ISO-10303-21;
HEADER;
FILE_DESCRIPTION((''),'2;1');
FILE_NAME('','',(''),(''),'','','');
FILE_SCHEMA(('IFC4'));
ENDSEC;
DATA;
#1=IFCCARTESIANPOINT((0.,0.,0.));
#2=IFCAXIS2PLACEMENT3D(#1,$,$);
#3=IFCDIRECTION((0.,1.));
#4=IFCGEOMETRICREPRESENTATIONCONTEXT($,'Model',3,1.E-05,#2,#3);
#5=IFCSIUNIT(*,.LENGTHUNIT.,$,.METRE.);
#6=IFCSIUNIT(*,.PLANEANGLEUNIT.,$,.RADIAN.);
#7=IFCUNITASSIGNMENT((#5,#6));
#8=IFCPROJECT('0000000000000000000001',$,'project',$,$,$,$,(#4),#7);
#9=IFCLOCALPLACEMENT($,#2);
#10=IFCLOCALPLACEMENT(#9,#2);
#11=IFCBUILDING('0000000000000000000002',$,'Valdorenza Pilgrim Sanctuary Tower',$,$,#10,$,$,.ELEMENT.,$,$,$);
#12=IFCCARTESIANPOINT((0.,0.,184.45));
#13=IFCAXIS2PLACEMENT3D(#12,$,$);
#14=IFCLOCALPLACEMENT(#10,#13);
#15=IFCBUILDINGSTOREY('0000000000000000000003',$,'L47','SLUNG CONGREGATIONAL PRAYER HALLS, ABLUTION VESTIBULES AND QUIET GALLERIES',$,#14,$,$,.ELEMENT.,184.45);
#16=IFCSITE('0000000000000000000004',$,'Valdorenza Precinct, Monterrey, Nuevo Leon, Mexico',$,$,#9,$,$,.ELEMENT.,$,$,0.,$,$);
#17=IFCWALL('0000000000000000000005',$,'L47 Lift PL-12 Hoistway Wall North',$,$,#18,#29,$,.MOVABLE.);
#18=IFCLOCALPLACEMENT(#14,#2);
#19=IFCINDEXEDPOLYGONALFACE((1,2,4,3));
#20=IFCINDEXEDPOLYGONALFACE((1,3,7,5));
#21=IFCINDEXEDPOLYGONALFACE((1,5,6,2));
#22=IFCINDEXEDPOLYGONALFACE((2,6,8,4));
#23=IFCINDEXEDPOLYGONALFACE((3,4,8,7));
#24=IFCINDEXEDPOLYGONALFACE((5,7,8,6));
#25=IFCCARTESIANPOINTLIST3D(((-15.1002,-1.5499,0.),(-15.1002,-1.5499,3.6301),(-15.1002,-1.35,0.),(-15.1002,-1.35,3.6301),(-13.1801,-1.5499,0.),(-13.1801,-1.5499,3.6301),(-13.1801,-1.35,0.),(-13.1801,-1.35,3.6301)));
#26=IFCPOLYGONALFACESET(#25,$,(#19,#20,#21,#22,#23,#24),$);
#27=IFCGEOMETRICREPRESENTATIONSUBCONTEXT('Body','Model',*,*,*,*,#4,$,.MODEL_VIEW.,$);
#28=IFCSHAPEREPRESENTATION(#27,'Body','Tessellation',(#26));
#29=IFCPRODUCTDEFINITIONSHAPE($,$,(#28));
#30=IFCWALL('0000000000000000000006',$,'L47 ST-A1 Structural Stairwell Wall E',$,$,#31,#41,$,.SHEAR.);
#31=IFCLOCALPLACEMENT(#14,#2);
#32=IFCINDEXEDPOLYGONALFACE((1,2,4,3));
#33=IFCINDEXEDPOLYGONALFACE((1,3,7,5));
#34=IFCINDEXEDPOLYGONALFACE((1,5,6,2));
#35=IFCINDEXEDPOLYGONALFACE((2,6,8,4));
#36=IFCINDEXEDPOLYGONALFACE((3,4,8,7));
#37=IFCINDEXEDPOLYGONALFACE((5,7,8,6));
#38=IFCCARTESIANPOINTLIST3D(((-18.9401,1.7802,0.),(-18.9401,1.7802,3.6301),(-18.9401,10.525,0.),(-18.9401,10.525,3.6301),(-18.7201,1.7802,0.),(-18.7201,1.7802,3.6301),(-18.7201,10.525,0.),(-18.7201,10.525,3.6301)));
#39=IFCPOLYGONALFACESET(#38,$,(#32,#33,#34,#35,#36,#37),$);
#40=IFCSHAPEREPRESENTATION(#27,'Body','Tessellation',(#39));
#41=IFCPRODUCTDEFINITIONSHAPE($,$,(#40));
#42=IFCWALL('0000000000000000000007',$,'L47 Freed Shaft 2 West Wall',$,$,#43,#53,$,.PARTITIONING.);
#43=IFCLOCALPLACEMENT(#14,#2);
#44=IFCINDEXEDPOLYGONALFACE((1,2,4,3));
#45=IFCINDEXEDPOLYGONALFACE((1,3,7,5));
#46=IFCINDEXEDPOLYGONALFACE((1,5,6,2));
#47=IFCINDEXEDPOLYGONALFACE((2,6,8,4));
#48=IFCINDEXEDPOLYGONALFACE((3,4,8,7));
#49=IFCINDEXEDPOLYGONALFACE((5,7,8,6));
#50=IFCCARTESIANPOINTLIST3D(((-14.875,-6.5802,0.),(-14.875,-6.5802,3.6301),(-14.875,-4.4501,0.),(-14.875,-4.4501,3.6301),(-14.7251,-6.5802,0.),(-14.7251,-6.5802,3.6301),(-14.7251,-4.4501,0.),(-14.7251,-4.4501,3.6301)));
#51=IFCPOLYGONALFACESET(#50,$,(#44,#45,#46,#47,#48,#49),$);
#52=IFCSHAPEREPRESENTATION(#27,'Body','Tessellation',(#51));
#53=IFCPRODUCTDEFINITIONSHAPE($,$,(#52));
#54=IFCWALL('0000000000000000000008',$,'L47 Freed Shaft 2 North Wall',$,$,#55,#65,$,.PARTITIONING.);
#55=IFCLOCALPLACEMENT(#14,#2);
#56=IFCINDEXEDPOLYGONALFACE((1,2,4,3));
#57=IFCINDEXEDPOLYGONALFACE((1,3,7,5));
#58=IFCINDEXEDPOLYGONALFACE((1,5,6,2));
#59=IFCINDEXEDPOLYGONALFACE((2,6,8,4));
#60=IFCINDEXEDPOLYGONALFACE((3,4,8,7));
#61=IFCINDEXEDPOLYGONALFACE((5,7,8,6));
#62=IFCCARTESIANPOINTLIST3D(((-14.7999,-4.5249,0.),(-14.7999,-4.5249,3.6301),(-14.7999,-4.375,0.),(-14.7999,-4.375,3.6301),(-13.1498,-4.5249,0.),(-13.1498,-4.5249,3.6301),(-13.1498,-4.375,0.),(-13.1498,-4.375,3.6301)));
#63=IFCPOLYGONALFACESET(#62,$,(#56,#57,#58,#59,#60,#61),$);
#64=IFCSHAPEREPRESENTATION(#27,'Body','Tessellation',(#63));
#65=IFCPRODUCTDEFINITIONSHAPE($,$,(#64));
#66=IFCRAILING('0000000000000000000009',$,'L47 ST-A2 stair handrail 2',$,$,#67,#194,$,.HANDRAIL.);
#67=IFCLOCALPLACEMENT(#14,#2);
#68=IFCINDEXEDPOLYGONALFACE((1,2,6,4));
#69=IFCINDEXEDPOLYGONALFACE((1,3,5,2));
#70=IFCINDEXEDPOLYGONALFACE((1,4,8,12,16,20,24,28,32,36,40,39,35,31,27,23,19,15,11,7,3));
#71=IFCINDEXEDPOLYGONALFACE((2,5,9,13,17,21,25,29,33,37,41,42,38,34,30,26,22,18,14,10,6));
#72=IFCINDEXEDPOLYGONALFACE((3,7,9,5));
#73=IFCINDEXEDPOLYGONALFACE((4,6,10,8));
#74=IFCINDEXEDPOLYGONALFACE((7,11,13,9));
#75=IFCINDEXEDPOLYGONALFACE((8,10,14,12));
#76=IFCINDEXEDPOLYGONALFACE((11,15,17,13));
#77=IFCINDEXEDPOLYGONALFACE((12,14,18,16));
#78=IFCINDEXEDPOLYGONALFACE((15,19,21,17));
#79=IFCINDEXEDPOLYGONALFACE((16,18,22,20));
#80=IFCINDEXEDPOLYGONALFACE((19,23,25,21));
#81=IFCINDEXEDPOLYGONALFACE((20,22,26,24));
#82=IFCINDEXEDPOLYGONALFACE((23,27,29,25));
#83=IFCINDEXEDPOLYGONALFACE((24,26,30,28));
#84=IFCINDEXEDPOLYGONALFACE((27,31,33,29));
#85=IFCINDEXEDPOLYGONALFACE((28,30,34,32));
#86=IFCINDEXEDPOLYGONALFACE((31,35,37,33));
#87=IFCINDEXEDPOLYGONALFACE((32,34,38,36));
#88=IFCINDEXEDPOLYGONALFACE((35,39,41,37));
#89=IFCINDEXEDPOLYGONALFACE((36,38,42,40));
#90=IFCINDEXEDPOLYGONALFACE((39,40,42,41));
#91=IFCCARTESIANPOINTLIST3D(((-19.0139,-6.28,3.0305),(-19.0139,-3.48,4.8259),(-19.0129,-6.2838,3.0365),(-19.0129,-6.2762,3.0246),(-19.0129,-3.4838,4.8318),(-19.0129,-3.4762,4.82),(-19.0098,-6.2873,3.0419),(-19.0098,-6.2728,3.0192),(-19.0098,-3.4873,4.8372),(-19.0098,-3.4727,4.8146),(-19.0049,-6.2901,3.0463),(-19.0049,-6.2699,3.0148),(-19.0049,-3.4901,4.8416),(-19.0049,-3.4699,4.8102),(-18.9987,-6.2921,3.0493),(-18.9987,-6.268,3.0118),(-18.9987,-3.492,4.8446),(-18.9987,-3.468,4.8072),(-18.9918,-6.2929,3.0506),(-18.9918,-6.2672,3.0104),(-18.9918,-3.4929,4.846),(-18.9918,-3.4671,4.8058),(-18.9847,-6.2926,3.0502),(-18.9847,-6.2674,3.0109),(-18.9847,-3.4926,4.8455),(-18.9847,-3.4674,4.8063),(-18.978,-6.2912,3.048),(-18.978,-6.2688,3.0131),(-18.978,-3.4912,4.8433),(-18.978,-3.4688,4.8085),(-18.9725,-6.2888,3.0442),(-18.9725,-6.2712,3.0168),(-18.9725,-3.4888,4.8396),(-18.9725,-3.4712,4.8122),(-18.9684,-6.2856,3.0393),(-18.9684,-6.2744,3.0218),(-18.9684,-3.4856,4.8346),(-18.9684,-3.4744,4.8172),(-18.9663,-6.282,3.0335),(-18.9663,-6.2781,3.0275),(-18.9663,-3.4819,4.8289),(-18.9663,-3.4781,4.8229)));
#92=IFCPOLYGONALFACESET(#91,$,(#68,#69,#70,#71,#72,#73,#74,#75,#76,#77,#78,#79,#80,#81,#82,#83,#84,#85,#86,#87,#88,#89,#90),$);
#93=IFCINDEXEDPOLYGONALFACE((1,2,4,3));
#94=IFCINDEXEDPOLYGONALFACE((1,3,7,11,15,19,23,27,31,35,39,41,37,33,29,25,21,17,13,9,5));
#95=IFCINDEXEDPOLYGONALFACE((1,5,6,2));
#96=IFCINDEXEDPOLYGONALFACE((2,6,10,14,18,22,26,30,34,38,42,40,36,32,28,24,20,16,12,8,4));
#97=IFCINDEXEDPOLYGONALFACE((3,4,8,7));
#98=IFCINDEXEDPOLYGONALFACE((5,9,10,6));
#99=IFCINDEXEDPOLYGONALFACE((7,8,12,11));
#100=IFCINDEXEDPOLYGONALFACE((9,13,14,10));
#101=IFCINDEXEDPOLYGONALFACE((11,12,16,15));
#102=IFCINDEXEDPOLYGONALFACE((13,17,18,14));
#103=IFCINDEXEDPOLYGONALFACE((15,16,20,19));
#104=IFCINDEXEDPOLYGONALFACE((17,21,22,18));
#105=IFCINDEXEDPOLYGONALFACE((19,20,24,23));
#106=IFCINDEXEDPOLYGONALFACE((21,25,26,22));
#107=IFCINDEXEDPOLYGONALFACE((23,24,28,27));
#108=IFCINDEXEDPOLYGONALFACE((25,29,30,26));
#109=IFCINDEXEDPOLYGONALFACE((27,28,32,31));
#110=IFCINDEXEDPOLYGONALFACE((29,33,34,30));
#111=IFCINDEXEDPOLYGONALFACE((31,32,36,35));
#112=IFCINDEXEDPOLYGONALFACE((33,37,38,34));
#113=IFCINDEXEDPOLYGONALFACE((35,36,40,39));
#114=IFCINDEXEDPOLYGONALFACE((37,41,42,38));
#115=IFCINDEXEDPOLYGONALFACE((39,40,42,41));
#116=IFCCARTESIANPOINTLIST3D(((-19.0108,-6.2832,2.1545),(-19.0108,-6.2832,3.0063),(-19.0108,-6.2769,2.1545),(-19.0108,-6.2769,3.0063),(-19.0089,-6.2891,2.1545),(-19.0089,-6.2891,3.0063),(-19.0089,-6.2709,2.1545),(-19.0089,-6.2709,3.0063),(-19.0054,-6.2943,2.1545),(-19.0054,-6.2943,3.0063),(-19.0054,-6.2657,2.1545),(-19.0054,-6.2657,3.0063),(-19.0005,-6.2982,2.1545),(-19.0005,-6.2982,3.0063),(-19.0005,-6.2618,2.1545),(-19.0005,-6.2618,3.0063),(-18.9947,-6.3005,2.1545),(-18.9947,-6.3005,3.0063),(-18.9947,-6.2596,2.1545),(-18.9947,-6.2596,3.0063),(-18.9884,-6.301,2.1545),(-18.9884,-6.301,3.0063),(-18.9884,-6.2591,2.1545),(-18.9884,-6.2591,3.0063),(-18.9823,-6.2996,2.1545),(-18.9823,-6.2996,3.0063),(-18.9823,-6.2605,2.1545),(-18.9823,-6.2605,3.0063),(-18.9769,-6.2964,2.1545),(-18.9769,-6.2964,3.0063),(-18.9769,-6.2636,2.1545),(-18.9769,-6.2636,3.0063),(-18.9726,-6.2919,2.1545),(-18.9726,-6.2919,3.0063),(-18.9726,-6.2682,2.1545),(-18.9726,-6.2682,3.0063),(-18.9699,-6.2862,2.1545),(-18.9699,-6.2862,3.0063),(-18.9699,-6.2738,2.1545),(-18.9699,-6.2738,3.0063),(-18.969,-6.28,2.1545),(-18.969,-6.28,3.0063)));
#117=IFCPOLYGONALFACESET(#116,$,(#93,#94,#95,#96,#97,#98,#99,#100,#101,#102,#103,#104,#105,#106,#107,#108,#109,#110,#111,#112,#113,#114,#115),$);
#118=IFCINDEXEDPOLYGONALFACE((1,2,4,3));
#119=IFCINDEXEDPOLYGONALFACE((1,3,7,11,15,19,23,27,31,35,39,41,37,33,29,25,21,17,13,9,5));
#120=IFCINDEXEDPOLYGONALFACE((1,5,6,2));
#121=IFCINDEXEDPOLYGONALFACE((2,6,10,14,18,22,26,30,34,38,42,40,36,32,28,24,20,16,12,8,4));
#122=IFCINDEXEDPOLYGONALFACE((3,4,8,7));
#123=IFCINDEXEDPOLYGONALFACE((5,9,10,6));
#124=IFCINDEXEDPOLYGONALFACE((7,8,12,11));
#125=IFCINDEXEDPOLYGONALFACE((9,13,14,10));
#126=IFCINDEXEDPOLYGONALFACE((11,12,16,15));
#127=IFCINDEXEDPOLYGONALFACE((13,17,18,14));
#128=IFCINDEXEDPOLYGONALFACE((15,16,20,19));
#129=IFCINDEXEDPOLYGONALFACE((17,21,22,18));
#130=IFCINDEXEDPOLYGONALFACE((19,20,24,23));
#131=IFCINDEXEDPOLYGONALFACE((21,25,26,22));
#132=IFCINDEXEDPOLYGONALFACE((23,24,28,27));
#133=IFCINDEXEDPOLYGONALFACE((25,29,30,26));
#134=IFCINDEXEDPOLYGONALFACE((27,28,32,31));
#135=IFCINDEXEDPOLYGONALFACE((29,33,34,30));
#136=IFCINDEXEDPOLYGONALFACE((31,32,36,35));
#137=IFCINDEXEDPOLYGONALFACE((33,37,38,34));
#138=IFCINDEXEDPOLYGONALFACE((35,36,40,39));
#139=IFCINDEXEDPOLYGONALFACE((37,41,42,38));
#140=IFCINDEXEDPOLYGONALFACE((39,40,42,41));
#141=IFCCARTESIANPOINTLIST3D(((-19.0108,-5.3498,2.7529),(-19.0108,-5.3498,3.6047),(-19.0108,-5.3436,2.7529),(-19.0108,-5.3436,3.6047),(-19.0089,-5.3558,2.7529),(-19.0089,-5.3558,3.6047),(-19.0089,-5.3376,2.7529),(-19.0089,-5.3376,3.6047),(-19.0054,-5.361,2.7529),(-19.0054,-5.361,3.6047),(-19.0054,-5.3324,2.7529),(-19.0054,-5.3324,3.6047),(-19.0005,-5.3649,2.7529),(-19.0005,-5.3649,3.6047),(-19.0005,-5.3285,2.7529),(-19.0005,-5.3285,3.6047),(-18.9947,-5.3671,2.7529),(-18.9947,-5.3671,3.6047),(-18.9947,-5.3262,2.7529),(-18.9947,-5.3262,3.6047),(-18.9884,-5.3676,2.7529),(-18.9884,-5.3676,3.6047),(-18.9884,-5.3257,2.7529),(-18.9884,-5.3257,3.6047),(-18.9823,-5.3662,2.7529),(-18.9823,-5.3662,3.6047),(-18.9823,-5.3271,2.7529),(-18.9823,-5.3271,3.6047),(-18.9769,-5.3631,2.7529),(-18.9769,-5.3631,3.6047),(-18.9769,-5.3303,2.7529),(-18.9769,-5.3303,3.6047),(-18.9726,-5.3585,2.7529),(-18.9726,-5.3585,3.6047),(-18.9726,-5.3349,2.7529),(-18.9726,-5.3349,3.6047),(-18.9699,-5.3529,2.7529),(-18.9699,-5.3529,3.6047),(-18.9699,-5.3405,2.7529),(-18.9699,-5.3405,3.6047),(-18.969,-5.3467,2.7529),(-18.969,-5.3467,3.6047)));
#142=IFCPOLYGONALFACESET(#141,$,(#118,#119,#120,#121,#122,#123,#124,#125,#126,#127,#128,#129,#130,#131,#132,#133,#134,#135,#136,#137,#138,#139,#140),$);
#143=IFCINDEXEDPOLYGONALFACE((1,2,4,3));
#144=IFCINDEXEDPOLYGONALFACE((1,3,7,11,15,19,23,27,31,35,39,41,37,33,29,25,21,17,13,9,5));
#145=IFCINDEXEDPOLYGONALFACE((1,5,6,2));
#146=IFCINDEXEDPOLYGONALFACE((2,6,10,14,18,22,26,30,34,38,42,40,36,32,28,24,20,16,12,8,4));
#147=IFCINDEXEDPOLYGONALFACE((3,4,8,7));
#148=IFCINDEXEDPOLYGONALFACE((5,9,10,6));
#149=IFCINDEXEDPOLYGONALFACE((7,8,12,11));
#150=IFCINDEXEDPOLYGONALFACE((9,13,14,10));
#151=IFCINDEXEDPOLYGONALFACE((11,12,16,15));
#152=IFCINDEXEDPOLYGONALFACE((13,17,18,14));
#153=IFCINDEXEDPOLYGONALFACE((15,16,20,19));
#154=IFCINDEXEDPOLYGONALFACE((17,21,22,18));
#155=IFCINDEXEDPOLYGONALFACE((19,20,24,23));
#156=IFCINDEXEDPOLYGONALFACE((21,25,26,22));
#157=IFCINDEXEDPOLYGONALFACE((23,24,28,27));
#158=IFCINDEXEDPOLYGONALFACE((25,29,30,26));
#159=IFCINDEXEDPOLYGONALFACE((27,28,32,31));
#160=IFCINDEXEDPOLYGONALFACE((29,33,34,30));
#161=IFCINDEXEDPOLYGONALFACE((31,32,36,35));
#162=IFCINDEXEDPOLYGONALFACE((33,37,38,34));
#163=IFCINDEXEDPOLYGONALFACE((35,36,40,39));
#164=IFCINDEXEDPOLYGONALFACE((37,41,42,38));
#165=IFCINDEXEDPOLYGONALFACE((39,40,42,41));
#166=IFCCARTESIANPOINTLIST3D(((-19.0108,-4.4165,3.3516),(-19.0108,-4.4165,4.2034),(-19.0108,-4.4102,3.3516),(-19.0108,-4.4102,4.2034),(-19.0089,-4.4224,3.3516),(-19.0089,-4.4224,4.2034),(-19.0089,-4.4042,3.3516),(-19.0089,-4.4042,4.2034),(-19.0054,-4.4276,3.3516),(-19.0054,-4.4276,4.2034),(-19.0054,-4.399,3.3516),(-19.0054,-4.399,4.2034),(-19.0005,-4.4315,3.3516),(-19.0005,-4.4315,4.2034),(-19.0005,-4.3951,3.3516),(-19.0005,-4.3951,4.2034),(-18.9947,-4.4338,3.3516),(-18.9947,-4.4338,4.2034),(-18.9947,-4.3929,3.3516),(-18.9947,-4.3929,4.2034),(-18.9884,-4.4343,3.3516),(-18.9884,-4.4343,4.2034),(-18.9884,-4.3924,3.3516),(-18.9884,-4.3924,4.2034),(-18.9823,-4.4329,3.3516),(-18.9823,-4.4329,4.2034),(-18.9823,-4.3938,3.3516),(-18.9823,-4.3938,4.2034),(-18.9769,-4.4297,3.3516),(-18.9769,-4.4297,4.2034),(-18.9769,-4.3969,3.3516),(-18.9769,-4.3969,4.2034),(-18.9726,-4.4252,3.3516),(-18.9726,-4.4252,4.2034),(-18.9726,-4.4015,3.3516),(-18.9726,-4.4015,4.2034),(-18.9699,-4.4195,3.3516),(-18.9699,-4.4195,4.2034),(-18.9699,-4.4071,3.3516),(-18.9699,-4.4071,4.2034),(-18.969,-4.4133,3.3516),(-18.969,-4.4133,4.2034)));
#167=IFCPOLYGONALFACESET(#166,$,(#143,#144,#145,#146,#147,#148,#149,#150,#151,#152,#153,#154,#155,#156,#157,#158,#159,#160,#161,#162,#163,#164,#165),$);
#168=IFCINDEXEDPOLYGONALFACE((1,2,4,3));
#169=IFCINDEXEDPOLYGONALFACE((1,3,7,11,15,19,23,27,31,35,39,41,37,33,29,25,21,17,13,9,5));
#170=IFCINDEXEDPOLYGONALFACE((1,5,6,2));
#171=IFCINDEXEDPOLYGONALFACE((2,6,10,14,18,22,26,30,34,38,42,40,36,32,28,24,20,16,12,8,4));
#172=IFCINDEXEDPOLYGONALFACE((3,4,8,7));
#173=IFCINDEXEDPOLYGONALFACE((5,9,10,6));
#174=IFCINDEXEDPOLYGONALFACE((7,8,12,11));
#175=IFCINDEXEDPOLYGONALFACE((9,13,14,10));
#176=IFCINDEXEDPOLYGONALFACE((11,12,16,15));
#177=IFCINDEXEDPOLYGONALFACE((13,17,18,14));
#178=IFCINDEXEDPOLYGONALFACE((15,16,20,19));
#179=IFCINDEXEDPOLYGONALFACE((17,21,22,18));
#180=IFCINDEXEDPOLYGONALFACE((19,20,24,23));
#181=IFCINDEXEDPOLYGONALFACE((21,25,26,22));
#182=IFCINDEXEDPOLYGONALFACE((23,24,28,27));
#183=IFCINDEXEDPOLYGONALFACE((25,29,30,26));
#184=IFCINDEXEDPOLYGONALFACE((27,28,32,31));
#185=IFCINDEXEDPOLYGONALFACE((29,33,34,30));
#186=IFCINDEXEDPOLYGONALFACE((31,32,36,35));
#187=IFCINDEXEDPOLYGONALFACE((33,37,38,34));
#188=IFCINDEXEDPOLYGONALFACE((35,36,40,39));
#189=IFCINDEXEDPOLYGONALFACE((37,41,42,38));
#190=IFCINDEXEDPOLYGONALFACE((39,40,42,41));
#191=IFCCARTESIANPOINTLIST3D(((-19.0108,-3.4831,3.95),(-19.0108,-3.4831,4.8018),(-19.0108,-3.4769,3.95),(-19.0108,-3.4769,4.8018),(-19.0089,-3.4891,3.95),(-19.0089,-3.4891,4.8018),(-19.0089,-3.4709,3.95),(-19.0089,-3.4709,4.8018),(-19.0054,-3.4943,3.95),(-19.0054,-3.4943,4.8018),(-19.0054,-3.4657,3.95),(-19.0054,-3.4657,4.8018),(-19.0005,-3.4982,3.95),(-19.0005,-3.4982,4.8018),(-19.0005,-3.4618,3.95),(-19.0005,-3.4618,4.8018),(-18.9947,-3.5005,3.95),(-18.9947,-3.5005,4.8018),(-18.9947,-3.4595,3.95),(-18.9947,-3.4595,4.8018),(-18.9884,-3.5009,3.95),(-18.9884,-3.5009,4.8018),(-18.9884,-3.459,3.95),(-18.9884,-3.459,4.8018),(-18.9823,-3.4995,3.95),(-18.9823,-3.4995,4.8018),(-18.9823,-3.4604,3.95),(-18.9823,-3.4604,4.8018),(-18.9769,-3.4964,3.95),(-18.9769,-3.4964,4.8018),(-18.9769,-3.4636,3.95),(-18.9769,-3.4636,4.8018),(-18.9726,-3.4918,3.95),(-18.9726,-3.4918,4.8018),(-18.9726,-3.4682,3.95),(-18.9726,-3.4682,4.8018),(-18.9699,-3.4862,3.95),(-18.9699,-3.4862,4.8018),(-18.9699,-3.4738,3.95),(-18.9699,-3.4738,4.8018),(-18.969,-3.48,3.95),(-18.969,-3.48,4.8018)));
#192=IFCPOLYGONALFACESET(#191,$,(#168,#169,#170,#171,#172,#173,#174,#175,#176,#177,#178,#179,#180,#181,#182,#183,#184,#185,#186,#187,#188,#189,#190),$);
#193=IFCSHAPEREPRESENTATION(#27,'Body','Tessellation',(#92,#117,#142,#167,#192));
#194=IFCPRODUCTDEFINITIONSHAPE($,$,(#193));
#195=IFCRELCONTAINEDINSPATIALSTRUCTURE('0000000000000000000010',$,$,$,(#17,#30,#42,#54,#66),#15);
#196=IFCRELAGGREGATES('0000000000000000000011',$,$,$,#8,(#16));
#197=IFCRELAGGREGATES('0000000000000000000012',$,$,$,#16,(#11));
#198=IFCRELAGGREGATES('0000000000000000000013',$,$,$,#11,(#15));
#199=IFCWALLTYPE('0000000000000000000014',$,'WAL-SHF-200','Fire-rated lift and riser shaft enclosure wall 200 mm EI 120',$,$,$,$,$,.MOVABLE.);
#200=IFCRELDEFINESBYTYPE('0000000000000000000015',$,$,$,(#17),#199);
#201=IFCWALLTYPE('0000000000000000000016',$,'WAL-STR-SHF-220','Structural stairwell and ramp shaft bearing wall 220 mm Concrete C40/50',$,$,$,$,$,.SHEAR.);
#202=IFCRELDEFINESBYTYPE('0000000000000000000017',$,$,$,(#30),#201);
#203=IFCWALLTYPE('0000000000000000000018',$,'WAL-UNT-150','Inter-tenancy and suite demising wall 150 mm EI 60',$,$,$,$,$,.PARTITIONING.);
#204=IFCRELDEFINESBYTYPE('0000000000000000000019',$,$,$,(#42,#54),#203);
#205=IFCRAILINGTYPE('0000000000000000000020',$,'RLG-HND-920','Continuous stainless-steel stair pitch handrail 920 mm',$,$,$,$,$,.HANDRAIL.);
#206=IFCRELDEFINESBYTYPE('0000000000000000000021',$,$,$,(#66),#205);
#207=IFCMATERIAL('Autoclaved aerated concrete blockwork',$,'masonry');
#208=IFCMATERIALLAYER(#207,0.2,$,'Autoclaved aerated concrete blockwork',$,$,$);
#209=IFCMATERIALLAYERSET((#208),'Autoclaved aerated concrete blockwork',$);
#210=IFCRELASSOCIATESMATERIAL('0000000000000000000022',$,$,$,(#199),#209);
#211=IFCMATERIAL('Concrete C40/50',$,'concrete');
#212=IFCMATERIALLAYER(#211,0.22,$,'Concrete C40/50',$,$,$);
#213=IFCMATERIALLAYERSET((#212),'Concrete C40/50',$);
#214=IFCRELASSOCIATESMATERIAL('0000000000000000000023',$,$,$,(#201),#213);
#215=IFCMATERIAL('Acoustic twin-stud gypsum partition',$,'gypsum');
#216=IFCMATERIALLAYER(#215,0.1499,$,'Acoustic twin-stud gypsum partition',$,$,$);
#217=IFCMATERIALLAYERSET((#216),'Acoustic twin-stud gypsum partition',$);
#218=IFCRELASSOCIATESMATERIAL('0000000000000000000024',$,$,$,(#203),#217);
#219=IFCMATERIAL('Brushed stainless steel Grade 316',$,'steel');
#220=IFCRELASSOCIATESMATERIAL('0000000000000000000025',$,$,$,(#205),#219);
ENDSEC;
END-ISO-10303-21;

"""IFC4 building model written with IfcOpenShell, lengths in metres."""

from ifc_helpers import new_model, si_unit, direction, frame, frame_2d, origin, origin_2d, place, context, subcontext, project, spatial, rectangle, circle, extrude, material, layer, layer_set, type_object, element, save


model = new_model("IFC4")

# Units and contexts
model_context = context("Model", 3, precision=1e-05, world=origin(), true_north=direction((0.0, 1.0)))
body_context = subcontext(model_context, "Body", "Model", "MODEL_VIEW")
ifc_project = project(units=[si_unit("LENGTHUNIT", "METRE"), si_unit("PLANEANGLEUNIT", "RADIAN")], contexts=[model_context])

# Site, building, storey
site_placement = place(None, origin())
site = spatial("IfcSite", under=ifc_project, at=site_placement, Name="Valdorenza Precinct, Monterrey, Nuevo Leon, Mexico", CompositionType="ELEMENT", RefElevation=0.0)
building_placement = place(site_placement, origin())
building = spatial("IfcBuilding", under=site, at=building_placement, Name="Valdorenza Pilgrim Sanctuary Tower", CompositionType="ELEMENT")
storey_placement = place(building_placement, frame((0.0, 0.0, 184.45)))
storey = spatial("IfcBuildingStorey", under=building, at=storey_placement, Name="L47", Description="SLUNG CONGREGATIONAL PRAYER HALLS, ABLUTION VESTIBULES AND QUIET GALLERIES", CompositionType="ELEMENT", Elevation=184.45)

# Shared definitions
ifc_material_1 = material(Name="Acoustic twin-stud gypsum partition", Category="gypsum")

# Shared definitions
ifc_material_2 = material(Name="Autoclaved aerated concrete blockwork", Category="masonry")
ifc_layer_1 = layer(ifc_material_2, 0.2, Name="Autoclaved aerated concrete blockwork")
ifc_layer_set_1 = layer_set([ifc_layer_1], Name="Autoclaved aerated concrete blockwork")
wall_type_1 = type_object("IfcWallType", Name="WAL-SHF-200", Description="Fire-rated lift and riser shaft enclosure wall 200 mm EI 120", PredefinedType="MOVABLE", material=ifc_layer_set_1)

# Shared definitions
ifc_material_3 = material(Name="Brushed stainless steel Grade 316", Category="steel")

# Walls
for number, where, z_axis, x_axis, name in (
    (1, (-15.1001, -1.45, 0.0), (0.0, 0.0, 1.0), (1.0, 0.0, 0.0), "L47 Lift PL-12 Hoistway Wall North"),
):
    element("IfcWall", number, at=place(storey_placement, frame(where, z_axis=z_axis, x_axis=x_axis)), inside=storey, type_object=wall_type_1, Name=name, PredefinedType="MOVABLE", context=body_context, shape_type="SweptSolid", body=[
        extrude(rectangle(XDim=1.9202, YDim=0.2, at=frame_2d((0.96, 0.0))), origin(), (0.0, 0.0, 1.0), 3.6301),
    ])
ifc_material_4 = material(Name="Concrete C40/50", Category="concrete")
ifc_layer_2 = layer(ifc_material_4, 0.22, Name="Concrete C40/50")
ifc_layer_set_2 = layer_set([ifc_layer_2], Name="Concrete C40/50")
wall_type_2 = type_object("IfcWallType", Name="WAL-STR-SHF-220", Description="Structural stairwell and ramp shaft bearing wall 220 mm Concrete C40/50", PredefinedType="SHEAR", material=ifc_layer_set_2)
wall_1_placement = place(storey_placement, frame((-18.8301, 1.78, 0.0), z_axis=(0.0, 0.0, 1.0), x_axis=(0.0, 1.0, 0.0)))
element("IfcWall", 2, at=wall_1_placement, inside=storey, type_object=wall_type_2, Name="L47 ST-A1 Structural Stairwell Wall E", PredefinedType="SHEAR", context=body_context, shape_type="SweptSolid", body=[
    extrude(rectangle(XDim=8.7449, YDim=0.22, at=frame_2d((4.3726, 0.0))), origin(), (0.0, 0.0, 1.0), 3.6301),
])
ifc_layer_3 = layer(ifc_material_1, 0.1499, Name="Acoustic twin-stud gypsum partition")
ifc_layer_set_3 = layer_set([ifc_layer_3], Name="Acoustic twin-stud gypsum partition")
wall_type_3 = type_object("IfcWallType", Name="WAL-UNT-150", Description="Inter-tenancy and suite demising wall 150 mm EI 60", PredefinedType="PARTITIONING", material=ifc_layer_set_3)
wall_2_placement = place(storey_placement, frame((-14.8, -6.5801, 0.0), z_axis=(0.0, 0.0, 1.0), x_axis=(0.0, 1.0, 0.0)))
element("IfcWall", 3, at=wall_2_placement, inside=storey, type_object=wall_type_3, Name="L47 Freed Shaft 2 West Wall", PredefinedType="PARTITIONING", context=body_context, shape_type="SweptSolid", body=[
    extrude(rectangle(XDim=2.1301, YDim=0.1499, at=frame_2d((1.0649, 0.0))), origin(), (0.0, 0.0, 1.0), 3.6301),
])
wall_3_placement = place(storey_placement, frame((-14.8, -4.45, 0.0), z_axis=(0.0, 0.0, 1.0), x_axis=(1.0, 0.0, 0.0)))
element("IfcWall", 4, at=wall_3_placement, inside=storey, type_object=wall_type_3, Name="L47 Freed Shaft 2 North Wall", PredefinedType="PARTITIONING", context=body_context, shape_type="SweptSolid", body=[
    extrude(rectangle(XDim=1.6501, YDim=0.1499, at=frame_2d((0.8252, 0.0))), origin(), (0.0, 0.0, 1.0), 3.6301),
])

# Railing
railing_type = type_object("IfcRailingType", Name="RLG-HND-920", Description="Continuous stainless-steel stair pitch handrail 920 mm", PredefinedType="HANDRAIL", material=ifc_material_3)
railing_placement = place(storey_placement, frame((-18.99, -6.28, 2.1545)))
element("IfcRailing", 5, at=railing_placement, inside=storey, type_object=railing_type, Name="L47 ST-A2 stair handrail 2", PredefinedType="HANDRAIL", context=body_context, shape_type="SweptSolid", body=[
    extrude(circle(Radius=0.0239, at=origin_2d()), frame((0.0, 0.0, 0.876), z_axis=(0.0, 0.84181, 0.539774), x_axis=(-1.0, 0.0, 0.0)), (0.0, 0.0, 1.0), 3.3262),
    extrude(circle(Radius=0.021, at=origin_2d()), origin(), (0.0, 0.0, 1.0), 0.8518),
    extrude(circle(Radius=0.021, at=origin_2d()), frame((0.0, 0.9333, 0.5984)), (0.0, 0.0, 1.0), 0.8518),
    extrude(circle(Radius=0.021, at=origin_2d()), frame((0.0, 1.8667, 1.197)), (0.0, 0.0, 1.0), 0.8518),
    extrude(circle(Radius=0.021, at=origin_2d()), frame((0.0, 2.8, 1.7954)), (0.0, 0.0, 1.0), 0.8518),
])

save(model, "model.ifc")
